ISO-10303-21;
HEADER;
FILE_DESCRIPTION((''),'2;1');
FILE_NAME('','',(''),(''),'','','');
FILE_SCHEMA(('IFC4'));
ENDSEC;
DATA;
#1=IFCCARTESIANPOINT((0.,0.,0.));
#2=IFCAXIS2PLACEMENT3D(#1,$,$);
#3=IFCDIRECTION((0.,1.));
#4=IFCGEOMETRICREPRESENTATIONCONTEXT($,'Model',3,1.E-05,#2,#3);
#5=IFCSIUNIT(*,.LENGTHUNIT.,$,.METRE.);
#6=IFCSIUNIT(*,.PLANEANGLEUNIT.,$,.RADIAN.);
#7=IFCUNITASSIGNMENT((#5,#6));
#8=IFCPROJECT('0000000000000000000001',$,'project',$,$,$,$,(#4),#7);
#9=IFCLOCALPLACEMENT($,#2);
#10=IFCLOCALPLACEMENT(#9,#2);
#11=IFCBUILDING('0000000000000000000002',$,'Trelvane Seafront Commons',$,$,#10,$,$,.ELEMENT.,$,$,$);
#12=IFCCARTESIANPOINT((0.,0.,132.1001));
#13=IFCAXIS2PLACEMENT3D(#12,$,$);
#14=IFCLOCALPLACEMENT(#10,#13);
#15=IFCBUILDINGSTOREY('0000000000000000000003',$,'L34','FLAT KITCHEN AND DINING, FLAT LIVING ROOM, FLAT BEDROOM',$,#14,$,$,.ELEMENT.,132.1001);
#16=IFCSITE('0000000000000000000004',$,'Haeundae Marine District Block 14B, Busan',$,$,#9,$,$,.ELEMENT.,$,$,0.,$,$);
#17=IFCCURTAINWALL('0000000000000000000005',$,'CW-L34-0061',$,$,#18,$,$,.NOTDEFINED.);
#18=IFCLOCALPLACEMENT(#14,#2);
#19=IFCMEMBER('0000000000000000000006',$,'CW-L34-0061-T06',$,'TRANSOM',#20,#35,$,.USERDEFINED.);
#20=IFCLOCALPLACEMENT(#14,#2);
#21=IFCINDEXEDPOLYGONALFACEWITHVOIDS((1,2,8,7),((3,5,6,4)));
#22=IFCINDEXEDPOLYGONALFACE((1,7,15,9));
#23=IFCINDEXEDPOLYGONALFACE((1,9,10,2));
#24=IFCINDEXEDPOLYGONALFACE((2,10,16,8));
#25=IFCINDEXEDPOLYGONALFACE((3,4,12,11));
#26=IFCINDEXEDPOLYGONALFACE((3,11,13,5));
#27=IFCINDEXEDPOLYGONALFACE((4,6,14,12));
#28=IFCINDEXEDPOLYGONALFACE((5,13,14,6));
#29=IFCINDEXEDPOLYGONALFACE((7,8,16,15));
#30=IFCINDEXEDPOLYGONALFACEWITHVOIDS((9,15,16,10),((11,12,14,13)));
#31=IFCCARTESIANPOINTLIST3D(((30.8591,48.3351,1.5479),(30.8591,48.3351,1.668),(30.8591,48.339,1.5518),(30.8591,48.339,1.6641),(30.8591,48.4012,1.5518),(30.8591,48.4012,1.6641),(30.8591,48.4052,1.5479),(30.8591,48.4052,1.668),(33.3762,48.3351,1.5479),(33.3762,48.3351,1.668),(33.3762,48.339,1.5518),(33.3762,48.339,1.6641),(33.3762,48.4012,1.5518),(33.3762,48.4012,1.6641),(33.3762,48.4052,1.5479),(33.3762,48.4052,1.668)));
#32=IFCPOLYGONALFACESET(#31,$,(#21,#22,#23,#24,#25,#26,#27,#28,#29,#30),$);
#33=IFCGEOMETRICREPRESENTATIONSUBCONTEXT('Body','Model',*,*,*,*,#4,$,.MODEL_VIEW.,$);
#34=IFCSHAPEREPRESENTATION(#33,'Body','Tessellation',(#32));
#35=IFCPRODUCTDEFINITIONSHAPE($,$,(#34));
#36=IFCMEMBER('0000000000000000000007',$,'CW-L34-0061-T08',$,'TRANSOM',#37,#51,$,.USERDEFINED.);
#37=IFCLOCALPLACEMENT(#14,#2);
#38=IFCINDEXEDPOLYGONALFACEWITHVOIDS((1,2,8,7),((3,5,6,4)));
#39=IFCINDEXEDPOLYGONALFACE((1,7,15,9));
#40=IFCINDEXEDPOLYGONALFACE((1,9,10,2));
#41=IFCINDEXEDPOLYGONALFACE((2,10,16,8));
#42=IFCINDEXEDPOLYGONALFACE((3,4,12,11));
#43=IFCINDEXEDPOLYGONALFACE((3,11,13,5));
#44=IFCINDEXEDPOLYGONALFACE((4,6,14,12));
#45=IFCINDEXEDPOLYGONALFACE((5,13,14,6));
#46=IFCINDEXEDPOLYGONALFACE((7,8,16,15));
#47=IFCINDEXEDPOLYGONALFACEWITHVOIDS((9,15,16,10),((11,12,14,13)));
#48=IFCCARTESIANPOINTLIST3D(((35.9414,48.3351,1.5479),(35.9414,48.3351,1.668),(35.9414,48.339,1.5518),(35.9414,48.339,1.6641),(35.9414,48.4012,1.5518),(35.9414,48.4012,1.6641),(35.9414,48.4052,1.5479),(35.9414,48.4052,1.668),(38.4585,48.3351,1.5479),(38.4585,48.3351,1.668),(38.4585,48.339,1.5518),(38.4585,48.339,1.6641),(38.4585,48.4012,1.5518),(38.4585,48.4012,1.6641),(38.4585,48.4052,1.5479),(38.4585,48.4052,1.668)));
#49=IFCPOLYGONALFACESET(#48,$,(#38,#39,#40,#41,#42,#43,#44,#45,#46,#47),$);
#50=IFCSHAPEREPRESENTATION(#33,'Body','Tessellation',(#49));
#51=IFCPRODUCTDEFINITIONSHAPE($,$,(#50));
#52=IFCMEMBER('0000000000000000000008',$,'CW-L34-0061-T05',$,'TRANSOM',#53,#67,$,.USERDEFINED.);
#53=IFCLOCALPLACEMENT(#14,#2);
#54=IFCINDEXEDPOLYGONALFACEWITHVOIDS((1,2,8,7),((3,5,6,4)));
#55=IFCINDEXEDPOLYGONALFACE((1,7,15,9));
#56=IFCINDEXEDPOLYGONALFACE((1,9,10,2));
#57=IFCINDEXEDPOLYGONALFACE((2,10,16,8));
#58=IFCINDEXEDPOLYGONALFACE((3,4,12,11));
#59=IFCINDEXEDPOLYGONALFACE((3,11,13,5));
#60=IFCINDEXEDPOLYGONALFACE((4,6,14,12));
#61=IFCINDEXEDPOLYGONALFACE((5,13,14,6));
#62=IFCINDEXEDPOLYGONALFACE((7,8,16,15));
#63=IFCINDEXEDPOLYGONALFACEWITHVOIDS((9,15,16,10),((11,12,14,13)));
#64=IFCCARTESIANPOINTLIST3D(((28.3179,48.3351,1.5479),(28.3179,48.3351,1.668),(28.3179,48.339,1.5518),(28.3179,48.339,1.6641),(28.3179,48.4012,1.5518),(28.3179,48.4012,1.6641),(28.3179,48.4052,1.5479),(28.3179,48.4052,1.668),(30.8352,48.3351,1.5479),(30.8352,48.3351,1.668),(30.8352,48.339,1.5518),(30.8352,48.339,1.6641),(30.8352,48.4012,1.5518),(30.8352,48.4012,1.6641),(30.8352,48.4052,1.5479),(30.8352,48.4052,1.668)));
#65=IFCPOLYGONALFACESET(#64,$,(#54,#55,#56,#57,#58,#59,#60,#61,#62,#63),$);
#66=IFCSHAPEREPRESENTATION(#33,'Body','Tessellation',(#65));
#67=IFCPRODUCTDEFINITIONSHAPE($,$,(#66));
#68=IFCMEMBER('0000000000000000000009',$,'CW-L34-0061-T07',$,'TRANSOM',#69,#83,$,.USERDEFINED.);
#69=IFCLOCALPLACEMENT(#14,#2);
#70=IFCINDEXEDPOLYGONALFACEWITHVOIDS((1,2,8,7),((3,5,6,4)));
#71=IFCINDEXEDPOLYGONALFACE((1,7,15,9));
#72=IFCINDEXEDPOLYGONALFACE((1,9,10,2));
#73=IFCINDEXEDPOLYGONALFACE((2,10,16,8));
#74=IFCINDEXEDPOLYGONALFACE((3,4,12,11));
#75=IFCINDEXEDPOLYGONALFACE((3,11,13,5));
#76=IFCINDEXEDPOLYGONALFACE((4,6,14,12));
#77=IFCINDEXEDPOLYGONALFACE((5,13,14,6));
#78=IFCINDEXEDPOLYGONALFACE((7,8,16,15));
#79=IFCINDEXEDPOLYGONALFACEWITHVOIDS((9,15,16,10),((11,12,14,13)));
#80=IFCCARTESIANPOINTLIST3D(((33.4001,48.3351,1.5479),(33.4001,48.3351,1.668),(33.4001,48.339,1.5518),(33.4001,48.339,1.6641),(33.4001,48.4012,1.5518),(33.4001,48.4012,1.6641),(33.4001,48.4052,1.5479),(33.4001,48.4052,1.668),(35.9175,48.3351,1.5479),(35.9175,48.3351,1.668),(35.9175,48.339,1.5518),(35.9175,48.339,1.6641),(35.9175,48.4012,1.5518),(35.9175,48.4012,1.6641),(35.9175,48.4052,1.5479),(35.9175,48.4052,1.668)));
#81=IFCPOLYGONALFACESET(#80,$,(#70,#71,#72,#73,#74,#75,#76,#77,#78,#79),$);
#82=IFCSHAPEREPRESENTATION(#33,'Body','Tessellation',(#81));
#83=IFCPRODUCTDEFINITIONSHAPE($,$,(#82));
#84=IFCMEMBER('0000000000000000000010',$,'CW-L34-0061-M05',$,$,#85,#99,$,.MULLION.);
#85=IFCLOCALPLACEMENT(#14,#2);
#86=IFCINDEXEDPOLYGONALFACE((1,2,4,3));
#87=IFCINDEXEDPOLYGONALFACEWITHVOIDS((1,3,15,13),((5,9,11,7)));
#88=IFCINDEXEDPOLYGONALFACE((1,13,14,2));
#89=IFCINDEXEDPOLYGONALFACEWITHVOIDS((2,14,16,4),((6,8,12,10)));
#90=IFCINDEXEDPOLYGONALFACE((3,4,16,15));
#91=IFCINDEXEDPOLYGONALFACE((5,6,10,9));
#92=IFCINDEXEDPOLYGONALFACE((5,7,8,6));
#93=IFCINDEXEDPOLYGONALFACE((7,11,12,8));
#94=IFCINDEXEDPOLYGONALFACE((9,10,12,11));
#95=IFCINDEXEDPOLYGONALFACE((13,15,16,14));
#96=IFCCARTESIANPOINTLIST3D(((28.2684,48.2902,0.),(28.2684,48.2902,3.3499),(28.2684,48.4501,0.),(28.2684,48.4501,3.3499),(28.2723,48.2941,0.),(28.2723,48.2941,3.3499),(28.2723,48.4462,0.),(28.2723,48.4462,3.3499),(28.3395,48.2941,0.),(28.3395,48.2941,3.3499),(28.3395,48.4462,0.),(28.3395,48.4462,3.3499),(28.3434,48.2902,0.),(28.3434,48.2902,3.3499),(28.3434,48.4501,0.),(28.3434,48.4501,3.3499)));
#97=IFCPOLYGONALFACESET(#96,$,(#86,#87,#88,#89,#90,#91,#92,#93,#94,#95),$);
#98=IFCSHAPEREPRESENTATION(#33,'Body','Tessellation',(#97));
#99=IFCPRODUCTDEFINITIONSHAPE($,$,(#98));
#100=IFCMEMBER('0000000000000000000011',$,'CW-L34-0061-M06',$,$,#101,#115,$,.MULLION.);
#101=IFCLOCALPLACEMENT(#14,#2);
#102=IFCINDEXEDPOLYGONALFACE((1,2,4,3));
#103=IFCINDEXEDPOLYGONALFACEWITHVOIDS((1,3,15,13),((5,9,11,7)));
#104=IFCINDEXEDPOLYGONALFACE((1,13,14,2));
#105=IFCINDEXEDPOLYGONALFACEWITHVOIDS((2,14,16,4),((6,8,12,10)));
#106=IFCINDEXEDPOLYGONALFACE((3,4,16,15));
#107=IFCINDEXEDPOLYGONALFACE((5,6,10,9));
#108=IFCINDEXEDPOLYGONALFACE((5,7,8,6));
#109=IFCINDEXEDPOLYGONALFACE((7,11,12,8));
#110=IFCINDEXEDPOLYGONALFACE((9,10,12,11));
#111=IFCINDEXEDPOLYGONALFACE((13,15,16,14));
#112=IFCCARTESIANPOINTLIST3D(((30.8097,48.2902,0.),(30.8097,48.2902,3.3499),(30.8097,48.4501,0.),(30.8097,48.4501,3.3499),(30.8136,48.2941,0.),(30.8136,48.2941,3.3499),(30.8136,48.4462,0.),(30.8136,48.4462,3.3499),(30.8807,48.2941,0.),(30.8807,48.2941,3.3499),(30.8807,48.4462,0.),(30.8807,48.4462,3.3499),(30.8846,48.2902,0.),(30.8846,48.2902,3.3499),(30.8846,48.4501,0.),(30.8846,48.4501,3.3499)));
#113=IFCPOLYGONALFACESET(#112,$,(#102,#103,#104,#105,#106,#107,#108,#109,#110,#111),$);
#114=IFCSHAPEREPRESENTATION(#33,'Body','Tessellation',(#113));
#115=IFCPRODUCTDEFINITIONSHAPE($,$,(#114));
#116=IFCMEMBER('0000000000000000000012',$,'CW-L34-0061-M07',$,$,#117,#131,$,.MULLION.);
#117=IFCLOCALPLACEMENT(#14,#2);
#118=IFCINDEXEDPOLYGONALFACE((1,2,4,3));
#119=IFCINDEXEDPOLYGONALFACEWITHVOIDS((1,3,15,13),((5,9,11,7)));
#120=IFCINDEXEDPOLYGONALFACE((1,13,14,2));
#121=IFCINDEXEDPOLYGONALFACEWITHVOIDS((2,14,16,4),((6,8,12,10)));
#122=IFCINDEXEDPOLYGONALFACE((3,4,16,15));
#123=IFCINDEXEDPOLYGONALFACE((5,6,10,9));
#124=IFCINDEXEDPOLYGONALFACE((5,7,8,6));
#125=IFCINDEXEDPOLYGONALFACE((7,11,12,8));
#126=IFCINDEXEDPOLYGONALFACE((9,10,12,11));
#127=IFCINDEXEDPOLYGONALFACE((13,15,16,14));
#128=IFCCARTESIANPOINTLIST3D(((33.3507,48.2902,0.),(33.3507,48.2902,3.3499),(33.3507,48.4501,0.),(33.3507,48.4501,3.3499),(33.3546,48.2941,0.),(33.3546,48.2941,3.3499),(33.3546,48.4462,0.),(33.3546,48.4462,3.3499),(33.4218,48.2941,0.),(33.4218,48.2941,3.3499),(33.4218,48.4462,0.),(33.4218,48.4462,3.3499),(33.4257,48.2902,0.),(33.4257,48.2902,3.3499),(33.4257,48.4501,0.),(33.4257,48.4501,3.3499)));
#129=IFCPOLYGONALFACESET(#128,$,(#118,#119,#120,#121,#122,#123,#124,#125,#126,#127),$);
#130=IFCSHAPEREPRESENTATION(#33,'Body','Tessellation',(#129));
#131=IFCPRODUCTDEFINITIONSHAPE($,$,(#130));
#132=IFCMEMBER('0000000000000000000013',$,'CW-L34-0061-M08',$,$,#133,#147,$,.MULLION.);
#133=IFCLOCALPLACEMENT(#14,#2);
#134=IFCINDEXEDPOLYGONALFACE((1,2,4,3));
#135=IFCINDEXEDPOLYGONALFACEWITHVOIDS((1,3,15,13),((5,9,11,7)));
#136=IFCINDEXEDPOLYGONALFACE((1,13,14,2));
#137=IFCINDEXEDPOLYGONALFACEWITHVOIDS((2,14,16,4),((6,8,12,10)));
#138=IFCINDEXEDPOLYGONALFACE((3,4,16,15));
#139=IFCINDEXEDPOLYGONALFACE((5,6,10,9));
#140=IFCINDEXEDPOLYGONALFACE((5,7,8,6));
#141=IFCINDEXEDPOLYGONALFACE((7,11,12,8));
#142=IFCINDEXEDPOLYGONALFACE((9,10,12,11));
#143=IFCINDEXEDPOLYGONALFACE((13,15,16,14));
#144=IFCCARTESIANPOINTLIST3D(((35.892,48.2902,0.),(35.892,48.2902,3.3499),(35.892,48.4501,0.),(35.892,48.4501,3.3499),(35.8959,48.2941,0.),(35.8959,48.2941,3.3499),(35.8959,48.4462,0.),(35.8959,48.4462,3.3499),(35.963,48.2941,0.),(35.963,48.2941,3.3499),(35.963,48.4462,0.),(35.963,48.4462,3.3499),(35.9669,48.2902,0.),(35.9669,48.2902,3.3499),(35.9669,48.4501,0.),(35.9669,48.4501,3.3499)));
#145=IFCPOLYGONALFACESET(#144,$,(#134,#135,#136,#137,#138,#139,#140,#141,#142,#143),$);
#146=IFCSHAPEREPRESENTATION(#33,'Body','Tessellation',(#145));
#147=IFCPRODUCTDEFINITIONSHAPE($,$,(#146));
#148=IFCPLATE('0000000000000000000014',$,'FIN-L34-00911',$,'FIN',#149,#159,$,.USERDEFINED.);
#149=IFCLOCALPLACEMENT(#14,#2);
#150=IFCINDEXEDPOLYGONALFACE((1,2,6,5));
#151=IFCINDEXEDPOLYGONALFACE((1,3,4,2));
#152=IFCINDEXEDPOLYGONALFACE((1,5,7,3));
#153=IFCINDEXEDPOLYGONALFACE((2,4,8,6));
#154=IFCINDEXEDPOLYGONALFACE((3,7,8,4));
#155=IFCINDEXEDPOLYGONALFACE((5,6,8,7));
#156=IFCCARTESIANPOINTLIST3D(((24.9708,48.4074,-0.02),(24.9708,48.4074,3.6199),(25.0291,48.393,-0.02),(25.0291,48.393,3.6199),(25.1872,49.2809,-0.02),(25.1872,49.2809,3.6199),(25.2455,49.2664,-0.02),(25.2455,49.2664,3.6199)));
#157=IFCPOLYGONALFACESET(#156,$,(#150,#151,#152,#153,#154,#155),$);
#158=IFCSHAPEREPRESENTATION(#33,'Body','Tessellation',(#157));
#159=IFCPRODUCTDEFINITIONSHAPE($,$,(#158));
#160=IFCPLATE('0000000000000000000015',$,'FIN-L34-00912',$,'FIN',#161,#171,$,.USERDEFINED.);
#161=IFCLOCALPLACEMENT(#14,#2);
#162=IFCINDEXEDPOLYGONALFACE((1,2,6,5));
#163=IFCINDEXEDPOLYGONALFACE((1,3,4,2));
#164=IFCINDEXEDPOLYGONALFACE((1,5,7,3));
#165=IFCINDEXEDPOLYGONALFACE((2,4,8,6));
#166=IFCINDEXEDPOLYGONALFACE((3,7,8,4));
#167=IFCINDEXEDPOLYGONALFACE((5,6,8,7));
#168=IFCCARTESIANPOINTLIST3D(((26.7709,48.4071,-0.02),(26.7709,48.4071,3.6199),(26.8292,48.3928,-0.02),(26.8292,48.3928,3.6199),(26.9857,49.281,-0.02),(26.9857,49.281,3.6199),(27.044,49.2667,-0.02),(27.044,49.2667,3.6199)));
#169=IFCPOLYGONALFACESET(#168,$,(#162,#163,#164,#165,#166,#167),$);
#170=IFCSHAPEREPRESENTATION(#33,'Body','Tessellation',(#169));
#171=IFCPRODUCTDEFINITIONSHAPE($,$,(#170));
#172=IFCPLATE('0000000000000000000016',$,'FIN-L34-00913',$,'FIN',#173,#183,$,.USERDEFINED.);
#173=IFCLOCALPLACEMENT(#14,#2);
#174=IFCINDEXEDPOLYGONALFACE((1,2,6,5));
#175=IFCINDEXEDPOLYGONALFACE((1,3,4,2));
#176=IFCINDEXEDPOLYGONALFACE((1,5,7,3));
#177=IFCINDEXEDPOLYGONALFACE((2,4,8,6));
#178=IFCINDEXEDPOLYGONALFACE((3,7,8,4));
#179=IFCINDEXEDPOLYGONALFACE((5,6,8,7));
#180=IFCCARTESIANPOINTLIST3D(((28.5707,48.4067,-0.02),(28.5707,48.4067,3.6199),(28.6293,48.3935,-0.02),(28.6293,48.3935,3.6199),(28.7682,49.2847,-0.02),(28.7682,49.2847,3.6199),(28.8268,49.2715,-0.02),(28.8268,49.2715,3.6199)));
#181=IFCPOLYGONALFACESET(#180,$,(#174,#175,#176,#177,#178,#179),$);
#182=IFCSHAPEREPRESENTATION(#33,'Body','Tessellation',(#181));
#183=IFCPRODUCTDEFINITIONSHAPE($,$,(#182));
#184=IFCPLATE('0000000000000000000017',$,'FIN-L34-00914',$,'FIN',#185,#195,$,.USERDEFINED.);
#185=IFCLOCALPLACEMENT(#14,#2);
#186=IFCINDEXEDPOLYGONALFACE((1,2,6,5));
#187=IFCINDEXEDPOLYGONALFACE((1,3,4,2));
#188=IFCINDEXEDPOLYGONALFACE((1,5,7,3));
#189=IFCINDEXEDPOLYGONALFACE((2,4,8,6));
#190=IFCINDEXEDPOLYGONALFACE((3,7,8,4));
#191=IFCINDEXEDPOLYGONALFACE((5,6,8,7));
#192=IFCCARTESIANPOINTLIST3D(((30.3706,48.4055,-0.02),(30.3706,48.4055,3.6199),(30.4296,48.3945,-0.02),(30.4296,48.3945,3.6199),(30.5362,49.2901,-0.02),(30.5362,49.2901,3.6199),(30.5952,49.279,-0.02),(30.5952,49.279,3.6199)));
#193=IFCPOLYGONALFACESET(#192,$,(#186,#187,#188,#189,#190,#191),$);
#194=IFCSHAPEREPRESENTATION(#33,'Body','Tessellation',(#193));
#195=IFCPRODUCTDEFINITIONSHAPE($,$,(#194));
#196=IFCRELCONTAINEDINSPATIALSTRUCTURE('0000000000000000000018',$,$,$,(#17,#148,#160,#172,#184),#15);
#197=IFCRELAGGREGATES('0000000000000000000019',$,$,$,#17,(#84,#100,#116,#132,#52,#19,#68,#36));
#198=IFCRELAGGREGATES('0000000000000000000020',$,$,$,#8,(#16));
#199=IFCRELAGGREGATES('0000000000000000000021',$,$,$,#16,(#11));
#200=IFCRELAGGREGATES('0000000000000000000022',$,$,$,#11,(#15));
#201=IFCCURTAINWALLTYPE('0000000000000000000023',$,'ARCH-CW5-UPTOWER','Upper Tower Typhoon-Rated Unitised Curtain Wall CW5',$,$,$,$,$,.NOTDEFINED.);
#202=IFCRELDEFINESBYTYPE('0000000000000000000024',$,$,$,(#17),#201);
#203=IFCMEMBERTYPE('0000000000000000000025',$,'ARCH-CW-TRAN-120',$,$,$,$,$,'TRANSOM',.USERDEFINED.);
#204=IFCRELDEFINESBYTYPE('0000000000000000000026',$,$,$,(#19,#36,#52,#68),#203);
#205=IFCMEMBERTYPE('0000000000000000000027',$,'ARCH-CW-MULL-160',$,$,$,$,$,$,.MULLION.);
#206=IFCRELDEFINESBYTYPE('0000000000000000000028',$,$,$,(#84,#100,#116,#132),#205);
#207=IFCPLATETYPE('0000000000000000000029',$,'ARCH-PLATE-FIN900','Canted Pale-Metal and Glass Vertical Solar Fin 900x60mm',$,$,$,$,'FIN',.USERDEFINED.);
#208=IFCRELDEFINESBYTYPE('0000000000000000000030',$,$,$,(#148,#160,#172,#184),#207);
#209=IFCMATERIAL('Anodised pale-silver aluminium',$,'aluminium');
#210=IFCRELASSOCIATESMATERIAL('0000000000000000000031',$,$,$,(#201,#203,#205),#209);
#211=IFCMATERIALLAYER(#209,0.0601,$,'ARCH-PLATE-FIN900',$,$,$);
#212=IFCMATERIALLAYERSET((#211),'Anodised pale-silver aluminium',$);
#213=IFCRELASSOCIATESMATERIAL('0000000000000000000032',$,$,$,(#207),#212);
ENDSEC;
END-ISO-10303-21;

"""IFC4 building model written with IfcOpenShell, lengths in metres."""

from ifc_helpers import new_model, si_unit, direction, frame, origin, origin_2d, place, context, subcontext, project, spatial, rectangle, hollow_rectangle, extrude, source, transform, mapped, material, layer, layer_set, material_profile, profile_set, type_object, element, aggregate, save


model = new_model("IFC4")

# Units and contexts
model_context = context("Model", 3, precision=1e-05, world=origin(), true_north=direction((0.0, 1.0)))
body_context = subcontext(model_context, "Body", "Model", "MODEL_VIEW")
ifc_project = project(units=[si_unit("LENGTHUNIT", "METRE"), si_unit("PLANEANGLEUNIT", "RADIAN")], contexts=[model_context])

# Site, building, storey
site_placement = place(None, origin())
site = spatial("IfcSite", under=ifc_project, at=site_placement, Name="Haeundae Marine District Block 14B, Busan", CompositionType="ELEMENT", RefElevation=0.0)
building_placement = place(site_placement, origin())
building = spatial("IfcBuilding", under=site, at=building_placement, Name="Trelvane Seafront Commons", CompositionType="ELEMENT")
storey_placement = place(building_placement, frame((0.0, 0.0, 132.1001)))
storey = spatial("IfcBuildingStorey", under=building, at=storey_placement, Name="L34", Description="FLAT KITCHEN AND DINING, FLAT LIVING ROOM, FLAT BEDROOM", CompositionType="ELEMENT", Elevation=132.1001)

# Curtain wall, members
ifc_material_1 = material(Name="Anodised pale-silver aluminium", Category="aluminium")
curtain_wall_type = type_object("IfcCurtainWallType", Name="ARCH-CW5-UPTOWER", Description="Upper Tower Typhoon-Rated Unitised Curtain Wall CW5", PredefinedType="NOTDEFINED", material=ifc_material_1)
curtain_wall_placement = place(storey_placement, origin())
curtain_wall = element("IfcCurtainWall", 1, at=curtain_wall_placement, inside=storey, type_object=curtain_wall_type, Name="CW-L34-0061", PredefinedType="NOTDEFINED")
ifc_material_profile_1 = material_profile(ifc_material_1, hollow_rectangle(XDim=0.0701, YDim=0.1201, WallThickness=0.0039, at=origin_2d()), Name="TRAN-70x120x4")
ifc_profile_set_1 = profile_set([ifc_material_profile_1], Name="Anodised pale-silver aluminium")
member_type_1 = type_object("IfcMemberType", Name="ARCH-CW-TRAN-120", ElementType="TRANSOM", PredefinedType="USERDEFINED", material=ifc_profile_set_1)
shared_shape_1 = source(origin(), body_context, "Body", "SweptSolid", [
    extrude(hollow_rectangle(XDim=0.0701, YDim=0.1201, WallThickness=0.0039, at=origin_2d()), origin(), (0.0, 0.0, 1.0), 2.5171),
])
member_1_placement = place(storey_placement, frame((30.8591, 48.3701, 1.6079), z_axis=(1.0, 0.0, 0.0), x_axis=(0.0, 1.0, 0.0)))
member_1 = element("IfcMember", 2, at=member_1_placement, type_object=member_type_1, Name="CW-L34-0061-T06", ObjectType="TRANSOM", PredefinedType="USERDEFINED", context=body_context, shape_type="MappedRepresentation", body=[
    mapped(shared_shape_1, transform((0.0, 0.0, 0.0), x_axis=(1.0, 0.0, 0.0), y_axis=(0.0, 1.0, 0.0), z_axis=(0.0, 0.0, 1.0), scale=1.0)),
])
member_2_placement = place(storey_placement, frame((35.9414, 48.3701, 1.6079), z_axis=(1.0, 0.0, 0.0), x_axis=(0.0, 1.0, 0.0)))
member_2 = element("IfcMember", 3, at=member_2_placement, type_object=member_type_1, Name="CW-L34-0061-T08", ObjectType="TRANSOM", PredefinedType="USERDEFINED", context=body_context, shape_type="MappedRepresentation", body=[
    mapped(shared_shape_1, transform((0.0, 0.0, 0.0), x_axis=(1.0, 0.0, 0.0), y_axis=(0.0, 1.0, 0.0), z_axis=(0.0, 0.0, 1.0), scale=1.0)),
])
shared_shape_2 = source(origin(), body_context, "Body", "SweptSolid", [
    extrude(hollow_rectangle(XDim=0.0701, YDim=0.1201, WallThickness=0.0039, at=origin_2d()), origin(), (0.0, 0.0, 1.0), 2.5173),
])
member_3_placement = place(storey_placement, frame((28.3179, 48.3701, 1.6079), z_axis=(1.0, 0.0, 0.0), x_axis=(0.0, 1.0, 0.0)))
member_3 = element("IfcMember", 4, at=member_3_placement, type_object=member_type_1, Name="CW-L34-0061-T05", ObjectType="TRANSOM", PredefinedType="USERDEFINED", context=body_context, shape_type="MappedRepresentation", body=[
    mapped(shared_shape_2, transform((0.0, 0.0, 0.0), x_axis=(1.0, 0.0, 0.0), y_axis=(0.0, 1.0, 0.0), z_axis=(0.0, 0.0, 1.0), scale=1.0)),
])
member_4_placement = place(storey_placement, frame((33.4001, 48.3701, 1.6079), z_axis=(1.0, 0.0, 0.0), x_axis=(0.0, 1.0, 0.0)))
member_4 = element("IfcMember", 5, at=member_4_placement, type_object=member_type_1, Name="CW-L34-0061-T07", ObjectType="TRANSOM", PredefinedType="USERDEFINED", context=body_context, shape_type="MappedRepresentation", body=[
    mapped(shared_shape_2, transform((0.0, 0.0, 0.0), x_axis=(1.0, 0.0, 0.0), y_axis=(0.0, 1.0, 0.0), z_axis=(0.0, 0.0, 1.0), scale=1.0)),
])
ifc_material_profile_2 = material_profile(ifc_material_1, hollow_rectangle(XDim=0.075, YDim=0.1599, WallThickness=0.0039, at=origin_2d()), Name="MULL-75x160x4")
ifc_profile_set_2 = profile_set([ifc_material_profile_2], Name="Anodised pale-silver aluminium")
member_type_2 = type_object("IfcMemberType", Name="ARCH-CW-MULL-160", PredefinedType="MULLION", material=ifc_profile_set_2)
shared_shape_3 = source(origin(), body_context, "Body", "SweptSolid", [
    extrude(hollow_rectangle(XDim=0.075, YDim=0.1599, WallThickness=0.0039, at=origin_2d()), origin(), (0.0, 0.0, 1.0), 3.3499),
])
member_5_placement = place(storey_placement, frame((28.3059, 48.3701, 0.0), z_axis=(0.0, 0.0, 1.0), x_axis=(1.0, 0.0, 0.0)))
member_5 = element("IfcMember", 6, at=member_5_placement, type_object=member_type_2, Name="CW-L34-0061-M05", PredefinedType="MULLION", context=body_context, shape_type="MappedRepresentation", body=[
    mapped(shared_shape_3, transform((0.0, 0.0, 0.0), x_axis=(1.0, 0.0, 0.0), y_axis=(0.0, 1.0, 0.0), z_axis=(0.0, 0.0, 1.0), scale=1.0)),
])
member_6_placement = place(storey_placement, frame((30.8472, 48.3701, 0.0), z_axis=(0.0, 0.0, 1.0), x_axis=(1.0, 0.0, 0.0)))
member_6 = element("IfcMember", 7, at=member_6_placement, type_object=member_type_2, Name="CW-L34-0061-M06", PredefinedType="MULLION", context=body_context, shape_type="MappedRepresentation", body=[
    mapped(shared_shape_3, transform((0.0, 0.0, 0.0), x_axis=(1.0, 0.0, 0.0), y_axis=(0.0, 1.0, 0.0), z_axis=(0.0, 0.0, 1.0), scale=1.0)),
])
member_7_placement = place(storey_placement, frame((33.3882, 48.3701, 0.0), z_axis=(0.0, 0.0, 1.0), x_axis=(1.0, 0.0, 0.0)))
member_7 = element("IfcMember", 8, at=member_7_placement, type_object=member_type_2, Name="CW-L34-0061-M07", PredefinedType="MULLION", context=body_context, shape_type="MappedRepresentation", body=[
    mapped(shared_shape_3, transform((0.0, 0.0, 0.0), x_axis=(1.0, 0.0, 0.0), y_axis=(0.0, 1.0, 0.0), z_axis=(0.0, 0.0, 1.0), scale=1.0)),
])
member_8_placement = place(storey_placement, frame((35.9294, 48.3701, 0.0), z_axis=(0.0, 0.0, 1.0), x_axis=(1.0, 0.0, 0.0)))
member_8 = element("IfcMember", 9, at=member_8_placement, type_object=member_type_2, Name="CW-L34-0061-M08", PredefinedType="MULLION", context=body_context, shape_type="MappedRepresentation", body=[
    mapped(shared_shape_3, transform((0.0, 0.0, 0.0), x_axis=(1.0, 0.0, 0.0), y_axis=(0.0, 1.0, 0.0), z_axis=(0.0, 0.0, 1.0), scale=1.0)),
])

# Plates
ifc_layer_1 = layer(ifc_material_1, 0.0601, Name="ARCH-PLATE-FIN900")
ifc_layer_set_1 = layer_set([ifc_layer_1], Name="Anodised pale-silver aluminium")
plate_type_1 = type_object("IfcPlateType", Name="ARCH-PLATE-FIN900", Description="Canted Pale-Metal and Glass Vertical Solar Fin 900x60mm", ElementType="FIN", PredefinedType="USERDEFINED", material=ifc_layer_set_1)
shared_shape_4 = source(origin(), body_context, "Body", "SweptSolid", [
    extrude(rectangle(XDim=0.8999, YDim=0.0601, at=origin_2d()), origin(), (0.0, 0.0, 1.0), 3.6399),
])
for number, where, z_axis, x_axis, name in (
    (10, (25.1082, 48.8369, -0.02), (0.0, 0.0, 1.0), (0.240548, 0.970637, 0.0), "FIN-L34-00911"),
    (11, (26.9075, 48.8369, -0.02), (0.0, 0.0, 1.0), (0.238664, 0.971102, 0.0), "FIN-L34-00912"),
    (12, (28.6987, 48.8391, -0.02), (0.0, 0.0, 1.0), (0.219436, 0.975627, 0.0), "FIN-L34-00913"),
    (13, (30.4829, 48.8423, -0.02), (0.0, 0.0, 1.0), (0.184006, 0.982925, 0.0), "FIN-L34-00914"),
):
    element("IfcPlate", number, at=place(storey_placement, frame(where, z_axis=z_axis, x_axis=x_axis)), inside=storey, type_object=plate_type_1, Name=name, ObjectType="FIN", PredefinedType="USERDEFINED", context=body_context, shape_type="MappedRepresentation", body=[
        mapped(shared_shape_4, transform((0.0, 0.0, 0.0), x_axis=(1.0, 0.0, 0.0), y_axis=(0.0, 1.0, 0.0), z_axis=(0.0, 0.0, 1.0), scale=1.0)),
    ])

aggregate(curtain_wall, [member_5, member_6, member_7, member_8, member_3, member_1, member_4, member_2])

save(model, "model.ifc")
